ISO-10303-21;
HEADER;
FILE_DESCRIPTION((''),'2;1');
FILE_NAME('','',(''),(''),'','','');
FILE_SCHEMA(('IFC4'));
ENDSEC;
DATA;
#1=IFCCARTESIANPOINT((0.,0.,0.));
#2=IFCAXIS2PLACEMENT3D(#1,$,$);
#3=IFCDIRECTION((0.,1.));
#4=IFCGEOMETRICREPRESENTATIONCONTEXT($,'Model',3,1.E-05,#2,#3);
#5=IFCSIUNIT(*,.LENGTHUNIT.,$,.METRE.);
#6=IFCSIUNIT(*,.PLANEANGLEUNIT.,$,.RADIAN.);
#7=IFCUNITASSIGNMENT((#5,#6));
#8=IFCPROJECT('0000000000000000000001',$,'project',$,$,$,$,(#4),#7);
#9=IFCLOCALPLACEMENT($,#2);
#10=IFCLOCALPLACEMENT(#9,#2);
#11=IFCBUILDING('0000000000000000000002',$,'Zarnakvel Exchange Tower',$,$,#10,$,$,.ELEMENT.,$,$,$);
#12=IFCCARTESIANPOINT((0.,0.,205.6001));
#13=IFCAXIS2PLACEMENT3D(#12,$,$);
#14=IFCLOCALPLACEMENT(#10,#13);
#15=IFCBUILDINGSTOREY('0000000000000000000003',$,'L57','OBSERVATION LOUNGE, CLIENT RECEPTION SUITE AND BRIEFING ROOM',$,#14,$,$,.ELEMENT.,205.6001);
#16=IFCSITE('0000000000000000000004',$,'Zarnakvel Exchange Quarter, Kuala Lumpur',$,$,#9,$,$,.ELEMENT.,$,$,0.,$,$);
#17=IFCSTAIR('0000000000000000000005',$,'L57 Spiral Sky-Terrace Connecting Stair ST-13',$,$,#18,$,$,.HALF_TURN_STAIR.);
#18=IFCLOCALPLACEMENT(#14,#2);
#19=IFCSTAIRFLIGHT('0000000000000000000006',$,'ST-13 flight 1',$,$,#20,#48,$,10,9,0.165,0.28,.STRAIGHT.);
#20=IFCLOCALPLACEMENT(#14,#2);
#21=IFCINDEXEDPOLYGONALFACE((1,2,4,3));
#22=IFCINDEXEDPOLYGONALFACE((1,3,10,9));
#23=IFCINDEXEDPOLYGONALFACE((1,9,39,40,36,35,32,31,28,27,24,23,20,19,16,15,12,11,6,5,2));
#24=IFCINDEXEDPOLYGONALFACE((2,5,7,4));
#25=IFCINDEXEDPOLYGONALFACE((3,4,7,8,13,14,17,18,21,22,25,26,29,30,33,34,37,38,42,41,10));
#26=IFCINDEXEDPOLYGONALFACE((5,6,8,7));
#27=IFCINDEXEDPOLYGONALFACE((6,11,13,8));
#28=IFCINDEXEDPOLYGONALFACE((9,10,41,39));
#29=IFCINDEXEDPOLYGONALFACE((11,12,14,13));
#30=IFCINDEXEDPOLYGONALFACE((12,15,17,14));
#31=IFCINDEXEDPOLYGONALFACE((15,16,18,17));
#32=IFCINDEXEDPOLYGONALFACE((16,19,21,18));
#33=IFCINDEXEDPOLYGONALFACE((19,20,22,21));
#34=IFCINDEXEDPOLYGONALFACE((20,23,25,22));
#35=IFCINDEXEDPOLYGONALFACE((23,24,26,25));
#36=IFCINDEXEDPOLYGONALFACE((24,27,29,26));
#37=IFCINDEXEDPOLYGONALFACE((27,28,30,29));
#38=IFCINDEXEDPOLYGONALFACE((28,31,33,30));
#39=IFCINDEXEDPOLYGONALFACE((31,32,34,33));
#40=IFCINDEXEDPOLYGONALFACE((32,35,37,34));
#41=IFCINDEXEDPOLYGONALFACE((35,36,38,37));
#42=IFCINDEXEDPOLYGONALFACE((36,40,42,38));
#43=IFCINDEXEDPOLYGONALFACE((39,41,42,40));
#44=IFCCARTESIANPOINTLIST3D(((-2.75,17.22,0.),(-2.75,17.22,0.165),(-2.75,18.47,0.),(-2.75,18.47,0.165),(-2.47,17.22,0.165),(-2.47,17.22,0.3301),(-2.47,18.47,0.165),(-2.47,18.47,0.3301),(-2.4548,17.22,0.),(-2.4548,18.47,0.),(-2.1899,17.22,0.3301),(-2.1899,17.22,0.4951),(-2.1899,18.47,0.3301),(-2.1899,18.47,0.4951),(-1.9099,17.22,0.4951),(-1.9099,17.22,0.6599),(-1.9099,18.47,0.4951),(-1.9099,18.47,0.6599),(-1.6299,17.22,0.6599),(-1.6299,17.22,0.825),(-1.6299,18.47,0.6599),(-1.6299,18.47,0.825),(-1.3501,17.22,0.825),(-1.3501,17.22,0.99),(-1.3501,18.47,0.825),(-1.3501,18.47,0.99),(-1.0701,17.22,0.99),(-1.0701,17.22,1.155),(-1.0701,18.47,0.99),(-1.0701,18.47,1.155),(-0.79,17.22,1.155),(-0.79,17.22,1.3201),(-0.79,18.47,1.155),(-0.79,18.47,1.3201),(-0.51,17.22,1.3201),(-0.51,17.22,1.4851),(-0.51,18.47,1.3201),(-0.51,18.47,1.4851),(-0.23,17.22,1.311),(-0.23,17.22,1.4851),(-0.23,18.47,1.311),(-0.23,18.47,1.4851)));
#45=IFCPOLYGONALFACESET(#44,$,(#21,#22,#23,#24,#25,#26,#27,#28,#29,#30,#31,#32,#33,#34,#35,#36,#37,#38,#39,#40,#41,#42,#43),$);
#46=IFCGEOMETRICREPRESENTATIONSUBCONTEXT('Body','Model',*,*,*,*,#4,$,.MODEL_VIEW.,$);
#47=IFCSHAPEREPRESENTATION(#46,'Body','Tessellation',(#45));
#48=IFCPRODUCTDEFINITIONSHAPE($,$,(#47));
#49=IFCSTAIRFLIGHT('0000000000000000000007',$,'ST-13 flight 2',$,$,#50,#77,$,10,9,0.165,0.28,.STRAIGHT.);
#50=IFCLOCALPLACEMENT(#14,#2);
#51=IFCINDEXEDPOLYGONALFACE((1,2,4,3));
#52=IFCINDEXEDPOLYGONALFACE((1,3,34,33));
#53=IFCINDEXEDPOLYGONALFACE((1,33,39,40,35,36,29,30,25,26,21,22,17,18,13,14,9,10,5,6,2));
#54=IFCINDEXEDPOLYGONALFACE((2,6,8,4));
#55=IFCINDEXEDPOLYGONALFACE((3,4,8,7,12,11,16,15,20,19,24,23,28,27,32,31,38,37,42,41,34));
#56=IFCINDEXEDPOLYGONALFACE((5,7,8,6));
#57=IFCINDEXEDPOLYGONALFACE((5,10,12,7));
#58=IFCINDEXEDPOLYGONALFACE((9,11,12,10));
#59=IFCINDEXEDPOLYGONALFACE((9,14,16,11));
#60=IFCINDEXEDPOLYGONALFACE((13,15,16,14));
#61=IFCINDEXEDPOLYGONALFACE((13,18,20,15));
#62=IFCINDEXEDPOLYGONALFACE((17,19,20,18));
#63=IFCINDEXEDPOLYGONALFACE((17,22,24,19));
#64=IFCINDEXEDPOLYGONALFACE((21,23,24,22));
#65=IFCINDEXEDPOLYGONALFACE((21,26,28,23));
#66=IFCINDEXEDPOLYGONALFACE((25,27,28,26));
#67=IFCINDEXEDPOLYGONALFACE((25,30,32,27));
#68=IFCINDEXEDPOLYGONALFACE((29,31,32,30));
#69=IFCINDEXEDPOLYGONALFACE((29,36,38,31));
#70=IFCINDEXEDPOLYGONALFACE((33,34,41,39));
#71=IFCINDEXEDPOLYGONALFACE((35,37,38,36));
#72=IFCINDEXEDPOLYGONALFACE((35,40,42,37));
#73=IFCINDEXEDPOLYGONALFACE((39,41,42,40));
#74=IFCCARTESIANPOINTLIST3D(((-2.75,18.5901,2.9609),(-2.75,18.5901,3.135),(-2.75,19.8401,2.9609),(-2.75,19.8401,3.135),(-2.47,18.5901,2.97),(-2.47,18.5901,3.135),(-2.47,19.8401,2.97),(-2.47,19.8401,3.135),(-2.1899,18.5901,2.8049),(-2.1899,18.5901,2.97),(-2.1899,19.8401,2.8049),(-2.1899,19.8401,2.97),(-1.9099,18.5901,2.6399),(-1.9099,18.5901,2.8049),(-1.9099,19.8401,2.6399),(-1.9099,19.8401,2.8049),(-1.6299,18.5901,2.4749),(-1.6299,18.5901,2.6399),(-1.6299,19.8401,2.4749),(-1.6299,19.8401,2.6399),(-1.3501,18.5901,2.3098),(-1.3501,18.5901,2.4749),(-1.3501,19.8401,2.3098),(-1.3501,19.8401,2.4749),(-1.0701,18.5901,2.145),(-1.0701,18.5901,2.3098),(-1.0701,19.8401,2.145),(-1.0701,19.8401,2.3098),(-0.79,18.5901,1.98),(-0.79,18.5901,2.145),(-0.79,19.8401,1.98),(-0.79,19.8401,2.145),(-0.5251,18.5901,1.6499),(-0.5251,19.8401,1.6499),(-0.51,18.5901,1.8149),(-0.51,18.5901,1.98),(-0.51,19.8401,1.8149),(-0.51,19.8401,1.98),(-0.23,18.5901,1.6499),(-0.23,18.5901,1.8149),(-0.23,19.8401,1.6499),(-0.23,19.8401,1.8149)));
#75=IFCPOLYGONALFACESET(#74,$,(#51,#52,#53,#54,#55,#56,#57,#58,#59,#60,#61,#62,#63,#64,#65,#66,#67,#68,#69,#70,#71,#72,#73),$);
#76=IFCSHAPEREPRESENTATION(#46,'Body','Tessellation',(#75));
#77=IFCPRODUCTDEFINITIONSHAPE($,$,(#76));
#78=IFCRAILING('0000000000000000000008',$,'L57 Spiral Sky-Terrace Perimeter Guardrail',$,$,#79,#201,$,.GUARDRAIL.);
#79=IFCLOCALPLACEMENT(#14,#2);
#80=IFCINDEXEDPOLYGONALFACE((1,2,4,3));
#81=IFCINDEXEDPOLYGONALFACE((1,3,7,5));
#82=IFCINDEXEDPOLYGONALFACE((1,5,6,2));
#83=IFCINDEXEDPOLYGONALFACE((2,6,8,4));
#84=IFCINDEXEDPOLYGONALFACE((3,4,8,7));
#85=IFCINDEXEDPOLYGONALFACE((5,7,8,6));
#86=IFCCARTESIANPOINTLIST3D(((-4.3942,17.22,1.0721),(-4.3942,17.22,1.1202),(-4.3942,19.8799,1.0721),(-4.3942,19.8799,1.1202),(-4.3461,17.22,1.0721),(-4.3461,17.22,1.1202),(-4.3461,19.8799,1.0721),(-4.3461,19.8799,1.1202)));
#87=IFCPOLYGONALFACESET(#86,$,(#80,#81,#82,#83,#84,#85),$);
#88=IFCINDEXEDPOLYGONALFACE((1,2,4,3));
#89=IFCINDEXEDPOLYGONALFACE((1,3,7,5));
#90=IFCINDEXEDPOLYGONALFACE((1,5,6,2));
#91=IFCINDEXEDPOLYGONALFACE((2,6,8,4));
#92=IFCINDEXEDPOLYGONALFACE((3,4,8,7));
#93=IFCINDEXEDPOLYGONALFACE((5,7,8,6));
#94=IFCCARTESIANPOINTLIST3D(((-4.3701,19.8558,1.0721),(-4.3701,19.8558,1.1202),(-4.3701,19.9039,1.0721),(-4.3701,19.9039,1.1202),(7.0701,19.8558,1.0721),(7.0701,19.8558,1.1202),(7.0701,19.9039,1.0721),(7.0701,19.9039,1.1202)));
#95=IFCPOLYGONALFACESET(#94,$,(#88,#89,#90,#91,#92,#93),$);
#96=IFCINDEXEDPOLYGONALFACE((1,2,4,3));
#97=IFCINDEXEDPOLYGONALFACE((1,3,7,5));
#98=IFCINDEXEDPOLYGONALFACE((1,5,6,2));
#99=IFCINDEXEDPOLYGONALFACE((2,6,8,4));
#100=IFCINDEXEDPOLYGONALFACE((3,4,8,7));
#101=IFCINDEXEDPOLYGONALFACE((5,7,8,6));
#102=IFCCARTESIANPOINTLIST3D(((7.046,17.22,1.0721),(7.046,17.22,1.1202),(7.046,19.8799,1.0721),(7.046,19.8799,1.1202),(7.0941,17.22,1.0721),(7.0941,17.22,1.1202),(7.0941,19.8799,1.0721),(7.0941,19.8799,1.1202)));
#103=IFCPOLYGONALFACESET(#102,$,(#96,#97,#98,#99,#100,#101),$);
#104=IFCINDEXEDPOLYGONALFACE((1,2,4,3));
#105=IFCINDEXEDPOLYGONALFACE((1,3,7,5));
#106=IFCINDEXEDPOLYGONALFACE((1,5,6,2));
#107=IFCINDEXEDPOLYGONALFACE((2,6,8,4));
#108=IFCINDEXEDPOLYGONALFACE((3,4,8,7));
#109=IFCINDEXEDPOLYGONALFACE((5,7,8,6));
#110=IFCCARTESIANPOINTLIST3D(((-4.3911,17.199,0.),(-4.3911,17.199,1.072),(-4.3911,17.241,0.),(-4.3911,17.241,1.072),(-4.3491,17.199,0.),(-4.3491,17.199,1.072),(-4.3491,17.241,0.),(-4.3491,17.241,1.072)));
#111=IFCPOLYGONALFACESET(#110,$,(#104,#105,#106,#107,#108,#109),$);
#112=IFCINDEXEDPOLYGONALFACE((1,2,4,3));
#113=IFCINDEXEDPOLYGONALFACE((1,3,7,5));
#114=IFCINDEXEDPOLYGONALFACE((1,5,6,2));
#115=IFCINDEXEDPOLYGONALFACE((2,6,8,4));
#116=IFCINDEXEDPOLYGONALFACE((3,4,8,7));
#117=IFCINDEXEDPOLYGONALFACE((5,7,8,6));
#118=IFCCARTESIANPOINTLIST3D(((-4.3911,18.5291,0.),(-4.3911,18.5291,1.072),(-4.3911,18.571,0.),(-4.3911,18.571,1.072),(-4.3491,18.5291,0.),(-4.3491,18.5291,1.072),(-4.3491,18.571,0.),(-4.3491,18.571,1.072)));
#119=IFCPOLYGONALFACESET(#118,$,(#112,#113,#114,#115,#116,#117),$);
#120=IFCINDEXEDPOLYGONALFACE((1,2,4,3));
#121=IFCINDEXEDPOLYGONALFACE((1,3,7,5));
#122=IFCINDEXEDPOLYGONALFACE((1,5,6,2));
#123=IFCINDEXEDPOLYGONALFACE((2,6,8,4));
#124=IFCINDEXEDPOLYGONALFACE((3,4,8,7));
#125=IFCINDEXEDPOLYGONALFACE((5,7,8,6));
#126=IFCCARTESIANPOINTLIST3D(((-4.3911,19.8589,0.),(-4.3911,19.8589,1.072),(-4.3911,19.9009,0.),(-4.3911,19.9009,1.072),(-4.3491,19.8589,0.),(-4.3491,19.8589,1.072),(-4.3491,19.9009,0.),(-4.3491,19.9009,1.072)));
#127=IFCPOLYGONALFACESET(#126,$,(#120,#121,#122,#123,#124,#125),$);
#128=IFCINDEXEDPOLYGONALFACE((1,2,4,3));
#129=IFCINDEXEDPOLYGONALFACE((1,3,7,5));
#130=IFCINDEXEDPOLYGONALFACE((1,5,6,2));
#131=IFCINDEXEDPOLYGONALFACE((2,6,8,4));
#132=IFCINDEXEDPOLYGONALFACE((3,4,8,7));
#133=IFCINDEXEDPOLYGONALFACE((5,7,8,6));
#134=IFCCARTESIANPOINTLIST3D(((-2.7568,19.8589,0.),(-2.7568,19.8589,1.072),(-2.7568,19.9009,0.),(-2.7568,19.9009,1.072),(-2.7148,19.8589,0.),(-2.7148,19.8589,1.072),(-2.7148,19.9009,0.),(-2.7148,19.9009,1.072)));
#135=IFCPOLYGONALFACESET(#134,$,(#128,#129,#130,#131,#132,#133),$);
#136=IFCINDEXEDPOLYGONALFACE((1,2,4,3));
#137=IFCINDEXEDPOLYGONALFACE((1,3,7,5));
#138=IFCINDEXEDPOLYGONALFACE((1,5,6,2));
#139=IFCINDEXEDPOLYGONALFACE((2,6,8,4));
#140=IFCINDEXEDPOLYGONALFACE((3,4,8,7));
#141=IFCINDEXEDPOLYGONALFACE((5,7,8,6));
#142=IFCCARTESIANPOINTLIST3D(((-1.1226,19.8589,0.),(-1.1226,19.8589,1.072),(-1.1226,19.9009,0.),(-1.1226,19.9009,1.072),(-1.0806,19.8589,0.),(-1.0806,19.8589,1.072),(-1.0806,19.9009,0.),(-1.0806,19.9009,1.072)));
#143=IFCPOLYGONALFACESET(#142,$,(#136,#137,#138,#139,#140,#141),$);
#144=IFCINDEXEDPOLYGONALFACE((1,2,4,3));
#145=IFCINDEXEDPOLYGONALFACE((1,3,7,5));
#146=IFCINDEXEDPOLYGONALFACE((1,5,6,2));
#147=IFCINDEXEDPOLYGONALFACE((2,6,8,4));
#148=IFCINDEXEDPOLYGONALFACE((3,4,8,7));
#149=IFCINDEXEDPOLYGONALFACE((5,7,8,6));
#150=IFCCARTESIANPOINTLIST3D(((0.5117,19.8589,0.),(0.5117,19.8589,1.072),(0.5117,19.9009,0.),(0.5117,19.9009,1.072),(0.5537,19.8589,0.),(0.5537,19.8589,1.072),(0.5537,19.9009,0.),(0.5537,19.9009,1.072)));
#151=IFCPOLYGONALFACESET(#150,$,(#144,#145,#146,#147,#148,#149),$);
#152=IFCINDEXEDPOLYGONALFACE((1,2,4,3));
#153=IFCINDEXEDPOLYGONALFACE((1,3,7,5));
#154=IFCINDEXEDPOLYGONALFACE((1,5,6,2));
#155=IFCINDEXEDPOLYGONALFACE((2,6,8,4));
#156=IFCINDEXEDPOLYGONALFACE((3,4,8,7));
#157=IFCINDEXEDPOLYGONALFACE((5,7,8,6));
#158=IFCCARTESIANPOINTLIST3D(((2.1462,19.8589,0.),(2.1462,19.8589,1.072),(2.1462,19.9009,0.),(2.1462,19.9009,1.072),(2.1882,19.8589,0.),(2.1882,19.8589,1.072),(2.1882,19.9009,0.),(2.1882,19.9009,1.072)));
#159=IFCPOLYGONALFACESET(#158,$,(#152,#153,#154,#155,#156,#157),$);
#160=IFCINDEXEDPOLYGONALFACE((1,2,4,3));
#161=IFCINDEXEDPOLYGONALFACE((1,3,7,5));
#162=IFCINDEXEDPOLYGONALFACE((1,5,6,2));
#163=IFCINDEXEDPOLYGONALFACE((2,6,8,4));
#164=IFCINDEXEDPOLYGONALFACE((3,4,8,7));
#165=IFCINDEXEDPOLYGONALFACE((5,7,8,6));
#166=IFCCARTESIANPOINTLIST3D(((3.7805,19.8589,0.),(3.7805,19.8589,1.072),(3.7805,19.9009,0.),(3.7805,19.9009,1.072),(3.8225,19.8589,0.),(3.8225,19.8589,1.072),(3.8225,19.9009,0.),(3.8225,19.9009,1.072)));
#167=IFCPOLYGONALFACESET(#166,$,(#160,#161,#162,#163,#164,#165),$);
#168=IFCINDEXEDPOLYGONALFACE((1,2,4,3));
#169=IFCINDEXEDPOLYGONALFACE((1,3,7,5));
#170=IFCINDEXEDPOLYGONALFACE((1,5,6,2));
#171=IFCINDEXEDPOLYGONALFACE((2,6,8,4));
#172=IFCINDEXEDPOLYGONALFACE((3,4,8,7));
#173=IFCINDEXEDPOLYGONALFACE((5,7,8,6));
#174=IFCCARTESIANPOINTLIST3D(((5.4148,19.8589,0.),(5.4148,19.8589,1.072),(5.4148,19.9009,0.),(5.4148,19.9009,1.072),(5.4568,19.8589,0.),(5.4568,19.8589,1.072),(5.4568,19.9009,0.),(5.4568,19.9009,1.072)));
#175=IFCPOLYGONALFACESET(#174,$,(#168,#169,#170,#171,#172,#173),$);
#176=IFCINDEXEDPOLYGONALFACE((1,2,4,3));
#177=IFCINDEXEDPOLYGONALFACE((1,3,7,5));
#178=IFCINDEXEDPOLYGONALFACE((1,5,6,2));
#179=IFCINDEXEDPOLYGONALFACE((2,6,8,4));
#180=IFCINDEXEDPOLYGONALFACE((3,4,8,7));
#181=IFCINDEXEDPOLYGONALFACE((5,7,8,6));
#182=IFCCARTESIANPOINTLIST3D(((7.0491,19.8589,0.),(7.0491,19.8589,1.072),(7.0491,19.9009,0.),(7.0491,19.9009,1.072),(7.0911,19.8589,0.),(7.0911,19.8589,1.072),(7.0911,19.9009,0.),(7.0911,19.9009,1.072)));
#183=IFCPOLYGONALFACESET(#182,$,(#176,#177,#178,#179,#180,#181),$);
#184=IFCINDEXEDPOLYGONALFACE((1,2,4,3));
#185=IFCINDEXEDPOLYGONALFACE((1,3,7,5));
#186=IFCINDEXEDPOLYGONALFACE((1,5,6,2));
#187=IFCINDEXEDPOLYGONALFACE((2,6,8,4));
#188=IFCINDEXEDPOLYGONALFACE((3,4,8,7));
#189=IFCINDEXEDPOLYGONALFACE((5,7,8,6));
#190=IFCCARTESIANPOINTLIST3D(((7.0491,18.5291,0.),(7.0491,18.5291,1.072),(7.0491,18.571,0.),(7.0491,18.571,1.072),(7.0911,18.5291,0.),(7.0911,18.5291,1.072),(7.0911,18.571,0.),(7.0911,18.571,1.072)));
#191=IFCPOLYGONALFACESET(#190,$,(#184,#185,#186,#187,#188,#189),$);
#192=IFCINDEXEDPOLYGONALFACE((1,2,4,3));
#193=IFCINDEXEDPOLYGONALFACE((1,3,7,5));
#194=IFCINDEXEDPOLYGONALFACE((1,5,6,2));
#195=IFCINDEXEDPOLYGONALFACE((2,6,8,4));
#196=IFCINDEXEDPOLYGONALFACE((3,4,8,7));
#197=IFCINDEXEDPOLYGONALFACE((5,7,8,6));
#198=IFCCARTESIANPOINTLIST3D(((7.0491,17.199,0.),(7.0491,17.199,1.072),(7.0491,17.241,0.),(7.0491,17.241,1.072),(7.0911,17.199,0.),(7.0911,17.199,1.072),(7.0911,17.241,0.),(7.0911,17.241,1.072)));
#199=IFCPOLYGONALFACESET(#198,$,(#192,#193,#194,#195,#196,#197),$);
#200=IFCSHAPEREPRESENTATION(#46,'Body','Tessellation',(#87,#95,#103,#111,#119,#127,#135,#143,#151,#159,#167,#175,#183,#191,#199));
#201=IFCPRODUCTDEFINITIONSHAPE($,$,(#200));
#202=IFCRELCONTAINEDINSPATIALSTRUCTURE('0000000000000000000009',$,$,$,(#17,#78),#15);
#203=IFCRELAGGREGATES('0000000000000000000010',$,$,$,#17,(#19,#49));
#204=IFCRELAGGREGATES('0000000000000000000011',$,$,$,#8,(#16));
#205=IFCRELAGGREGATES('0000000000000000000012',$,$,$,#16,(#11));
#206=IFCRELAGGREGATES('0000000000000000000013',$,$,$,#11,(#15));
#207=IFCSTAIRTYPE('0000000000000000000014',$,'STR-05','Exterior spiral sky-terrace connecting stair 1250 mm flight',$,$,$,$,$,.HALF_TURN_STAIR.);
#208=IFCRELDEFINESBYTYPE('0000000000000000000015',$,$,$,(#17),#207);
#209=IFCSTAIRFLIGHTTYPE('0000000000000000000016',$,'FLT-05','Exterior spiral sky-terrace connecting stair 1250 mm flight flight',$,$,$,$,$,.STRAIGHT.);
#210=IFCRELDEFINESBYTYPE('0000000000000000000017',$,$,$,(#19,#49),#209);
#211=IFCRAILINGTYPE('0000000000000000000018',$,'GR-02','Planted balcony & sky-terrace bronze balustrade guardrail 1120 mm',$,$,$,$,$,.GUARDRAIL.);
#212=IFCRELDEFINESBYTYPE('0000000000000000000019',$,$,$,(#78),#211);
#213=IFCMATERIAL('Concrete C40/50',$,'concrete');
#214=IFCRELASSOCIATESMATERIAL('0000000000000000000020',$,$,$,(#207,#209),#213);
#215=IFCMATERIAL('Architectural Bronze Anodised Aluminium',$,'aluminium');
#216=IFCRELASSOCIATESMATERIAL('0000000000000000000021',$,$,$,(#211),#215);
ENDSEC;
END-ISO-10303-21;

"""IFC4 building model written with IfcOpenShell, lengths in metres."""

from ifc_helpers import new_model, si_unit, direction, frame, origin, origin_2d, place, context, subcontext, project, spatial, polyline, rectangle, outline, extrude, material, type_object, element, aggregate, save


model = new_model("IFC4")

# Units and contexts
model_context = context("Model", 3, precision=1e-05, world=origin(), true_north=direction((0.0, 1.0)))
body_context = subcontext(model_context, "Body", "Model", "MODEL_VIEW")
ifc_project = project(units=[si_unit("LENGTHUNIT", "METRE"), si_unit("PLANEANGLEUNIT", "RADIAN")], contexts=[model_context])

# Site, building, storey
site_placement = place(None, origin())
site = spatial("IfcSite", under=ifc_project, at=site_placement, Name="Zarnakvel Exchange Quarter, Kuala Lumpur", CompositionType="ELEMENT", RefElevation=0.0)
building_placement = place(site_placement, origin())
building = spatial("IfcBuilding", under=site, at=building_placement, Name="Zarnakvel Exchange Tower", CompositionType="ELEMENT")
storey_placement = place(building_placement, frame((0.0, 0.0, 205.6001)))
storey = spatial("IfcBuildingStorey", under=building, at=storey_placement, Name="L57", Description="OBSERVATION LOUNGE, CLIENT RECEPTION SUITE AND BRIEFING ROOM", CompositionType="ELEMENT", Elevation=205.6001)

# Shared definitions
ifc_material_1 = material(Name="Architectural Bronze Anodised Aluminium", Category="aluminium")

# Shared definitions
ifc_material_2 = material(Name="Concrete C40/50", Category="concrete")

# Stair, stair flights
stair_type = type_object("IfcStairType", Name="STR-05", Description="Exterior spiral sky-terrace connecting stair 1250 mm flight", PredefinedType="HALF_TURN_STAIR", material=ifc_material_2)
stair_placement = place(storey_placement, origin())
stair = element("IfcStair", 1, at=stair_placement, inside=storey, type_object=stair_type, Name="L57 Spiral Sky-Terrace Connecting Stair ST-13", PredefinedType="HALF_TURN_STAIR")
stair_flight_type = type_object("IfcStairFlightType", Name="FLT-05", Description="Exterior spiral sky-terrace connecting stair 1250 mm flight flight", PredefinedType="STRAIGHT", material=ifc_material_2)
stair_flight_1_placement = place(storey_placement, frame((-2.75, 17.845, 0.0), z_axis=(0.0, 0.0, 1.0), x_axis=(1.0, 0.0, 0.0)))
stair_flight_1 = element("IfcStairFlight", 2, at=stair_flight_1_placement, type_object=stair_flight_type, Name="ST-13 flight 1", NumberOfRisers=10, NumberOfTreads=9, PredefinedType="STRAIGHT", RiserHeight=0.165, TreadLength=0.28, context=body_context, shape_type="SweptSolid", body=[
    extrude(outline(polyline([(0.0, 0.0), (0.0, 0.165), (0.28, 0.165), (0.28, 0.3301), (0.5601, 0.3301), (0.5601, 0.4951), (0.8401, 0.4951), (0.8401, 0.6599), (1.1201, 0.6599), (1.1201, 0.825), (1.3999, 0.825), (1.3999, 0.99), (1.6799, 0.99), (1.6799, 1.155), (1.96, 1.155), (1.96, 1.3201), (2.24, 1.3201), (2.24, 1.4851), (2.52, 1.4851), (2.52, 1.6499), (2.52, 1.311), (0.2952, 0.0), (0.0, 0.0)])), frame((0.0, 0.625, 0.0), z_axis=(0.0, -1.0, 0.0), x_axis=(1.0, 0.0, 0.0)), (0.0, 0.0, 1.0), 1.25),
])
stair_flight_2_placement = place(storey_placement, frame((-0.23, 19.2151, 1.6499), z_axis=(0.0, 0.0, 1.0), x_axis=(-1.0, 0.0, 0.0)))
stair_flight_2 = element("IfcStairFlight", 3, at=stair_flight_2_placement, type_object=stair_flight_type, Name="ST-13 flight 2", NumberOfRisers=10, NumberOfTreads=9, PredefinedType="STRAIGHT", RiserHeight=0.165, TreadLength=0.28, context=body_context, shape_type="SweptSolid", body=[
    extrude(outline(polyline([(0.0, 0.0), (0.0, 0.165), (0.28, 0.165), (0.28, 0.3301), (0.5601, 0.3301), (0.5601, 0.4951), (0.8401, 0.4951), (0.8401, 0.6599), (1.1201, 0.6599), (1.1201, 0.825), (1.3999, 0.825), (1.3999, 0.99), (1.6799, 0.99), (1.6799, 1.155), (1.96, 1.155), (1.96, 1.3201), (2.24, 1.3201), (2.24, 1.4851), (2.52, 1.4851), (2.52, 1.6499), (2.52, 1.311), (0.2952, 0.0), (0.0, 0.0)])), frame((0.0, 0.625, 0.0), z_axis=(0.0, -1.0, 0.0), x_axis=(1.0, 0.0, 0.0)), (0.0, 0.0, 1.0), 1.25),
])
aggregate(stair, [stair_flight_1, stair_flight_2])

# Railing
railing_type_1 = type_object("IfcRailingType", Name="GR-02", Description="Planted balcony & sky-terrace bronze balustrade guardrail 1120 mm", PredefinedType="GUARDRAIL", material=ifc_material_1)
railing_1_placement = place(storey_placement, frame((-4.3701, 17.22, 0.0)))
element("IfcRailing", 4, at=railing_1_placement, inside=storey, type_object=railing_type_1, Name="L57 Spiral Sky-Terrace Perimeter Guardrail", PredefinedType="GUARDRAIL", context=body_context, shape_type="SweptSolid", body=[
    extrude(rectangle(XDim=0.0481, YDim=0.0481, at=origin_2d()), frame((0.0, 0.0, 1.0962), z_axis=(0.0, 1.0, 0.0), x_axis=(-1.0, 0.0, 0.0)), (0.0, 0.0, 1.0), 2.6599),
    extrude(rectangle(XDim=0.0481, YDim=0.0481, at=origin_2d()), frame((0.0, 2.6599, 1.0962), z_axis=(1.0, 0.0, 0.0), x_axis=(0.0, 1.0, 0.0)), (0.0, 0.0, 1.0), 11.4402),
    extrude(rectangle(XDim=0.0481, YDim=0.0481, at=origin_2d()), frame((11.4402, 2.6599, 1.0962), z_axis=(0.0, -1.0, 0.0), x_axis=(1.0, 0.0, 0.0)), (0.0, 0.0, 1.0), 2.6599),
    extrude(rectangle(XDim=0.042, YDim=0.042, at=origin_2d()), origin(), (0.0, 0.0, 1.0), 1.072),
    extrude(rectangle(XDim=0.042, YDim=0.042, at=origin_2d()), frame((0.0, 1.3301, 0.0)), (0.0, 0.0, 1.0), 1.072),
    extrude(rectangle(XDim=0.042, YDim=0.042, at=origin_2d()), frame((0.0, 2.6599, 0.0)), (0.0, 0.0, 1.0), 1.072),
    extrude(rectangle(XDim=0.042, YDim=0.042, at=origin_2d()), frame((1.6343, 2.6599, 0.0)), (0.0, 0.0, 1.0), 1.072),
    extrude(rectangle(XDim=0.042, YDim=0.042, at=origin_2d()), frame((3.2686, 2.6599, 0.0)), (0.0, 0.0, 1.0), 1.072),
    extrude(rectangle(XDim=0.042, YDim=0.042, at=origin_2d()), frame((4.9028, 2.6599, 0.0)), (0.0, 0.0, 1.0), 1.072),
    extrude(rectangle(XDim=0.042, YDim=0.042, at=origin_2d()), frame((6.5374, 2.6599, 0.0)), (0.0, 0.0, 1.0), 1.072),
    extrude(rectangle(XDim=0.042, YDim=0.042, at=origin_2d()), frame((8.1716, 2.6599, 0.0)), (0.0, 0.0, 1.0), 1.072),
    extrude(rectangle(XDim=0.042, YDim=0.042, at=origin_2d()), frame((9.8059, 2.6599, 0.0)), (0.0, 0.0, 1.0), 1.072),
    extrude(rectangle(XDim=0.042, YDim=0.042, at=origin_2d()), frame((11.4402, 2.6599, 0.0)), (0.0, 0.0, 1.0), 1.072),
    extrude(rectangle(XDim=0.042, YDim=0.042, at=origin_2d()), frame((11.4402, 1.3301, 0.0)), (0.0, 0.0, 1.0), 1.072),
    extrude(rectangle(XDim=0.042, YDim=0.042, at=origin_2d()), frame((11.4402, 0.0, 0.0)), (0.0, 0.0, 1.0), 1.072),
])

save(model, "model.ifc")
